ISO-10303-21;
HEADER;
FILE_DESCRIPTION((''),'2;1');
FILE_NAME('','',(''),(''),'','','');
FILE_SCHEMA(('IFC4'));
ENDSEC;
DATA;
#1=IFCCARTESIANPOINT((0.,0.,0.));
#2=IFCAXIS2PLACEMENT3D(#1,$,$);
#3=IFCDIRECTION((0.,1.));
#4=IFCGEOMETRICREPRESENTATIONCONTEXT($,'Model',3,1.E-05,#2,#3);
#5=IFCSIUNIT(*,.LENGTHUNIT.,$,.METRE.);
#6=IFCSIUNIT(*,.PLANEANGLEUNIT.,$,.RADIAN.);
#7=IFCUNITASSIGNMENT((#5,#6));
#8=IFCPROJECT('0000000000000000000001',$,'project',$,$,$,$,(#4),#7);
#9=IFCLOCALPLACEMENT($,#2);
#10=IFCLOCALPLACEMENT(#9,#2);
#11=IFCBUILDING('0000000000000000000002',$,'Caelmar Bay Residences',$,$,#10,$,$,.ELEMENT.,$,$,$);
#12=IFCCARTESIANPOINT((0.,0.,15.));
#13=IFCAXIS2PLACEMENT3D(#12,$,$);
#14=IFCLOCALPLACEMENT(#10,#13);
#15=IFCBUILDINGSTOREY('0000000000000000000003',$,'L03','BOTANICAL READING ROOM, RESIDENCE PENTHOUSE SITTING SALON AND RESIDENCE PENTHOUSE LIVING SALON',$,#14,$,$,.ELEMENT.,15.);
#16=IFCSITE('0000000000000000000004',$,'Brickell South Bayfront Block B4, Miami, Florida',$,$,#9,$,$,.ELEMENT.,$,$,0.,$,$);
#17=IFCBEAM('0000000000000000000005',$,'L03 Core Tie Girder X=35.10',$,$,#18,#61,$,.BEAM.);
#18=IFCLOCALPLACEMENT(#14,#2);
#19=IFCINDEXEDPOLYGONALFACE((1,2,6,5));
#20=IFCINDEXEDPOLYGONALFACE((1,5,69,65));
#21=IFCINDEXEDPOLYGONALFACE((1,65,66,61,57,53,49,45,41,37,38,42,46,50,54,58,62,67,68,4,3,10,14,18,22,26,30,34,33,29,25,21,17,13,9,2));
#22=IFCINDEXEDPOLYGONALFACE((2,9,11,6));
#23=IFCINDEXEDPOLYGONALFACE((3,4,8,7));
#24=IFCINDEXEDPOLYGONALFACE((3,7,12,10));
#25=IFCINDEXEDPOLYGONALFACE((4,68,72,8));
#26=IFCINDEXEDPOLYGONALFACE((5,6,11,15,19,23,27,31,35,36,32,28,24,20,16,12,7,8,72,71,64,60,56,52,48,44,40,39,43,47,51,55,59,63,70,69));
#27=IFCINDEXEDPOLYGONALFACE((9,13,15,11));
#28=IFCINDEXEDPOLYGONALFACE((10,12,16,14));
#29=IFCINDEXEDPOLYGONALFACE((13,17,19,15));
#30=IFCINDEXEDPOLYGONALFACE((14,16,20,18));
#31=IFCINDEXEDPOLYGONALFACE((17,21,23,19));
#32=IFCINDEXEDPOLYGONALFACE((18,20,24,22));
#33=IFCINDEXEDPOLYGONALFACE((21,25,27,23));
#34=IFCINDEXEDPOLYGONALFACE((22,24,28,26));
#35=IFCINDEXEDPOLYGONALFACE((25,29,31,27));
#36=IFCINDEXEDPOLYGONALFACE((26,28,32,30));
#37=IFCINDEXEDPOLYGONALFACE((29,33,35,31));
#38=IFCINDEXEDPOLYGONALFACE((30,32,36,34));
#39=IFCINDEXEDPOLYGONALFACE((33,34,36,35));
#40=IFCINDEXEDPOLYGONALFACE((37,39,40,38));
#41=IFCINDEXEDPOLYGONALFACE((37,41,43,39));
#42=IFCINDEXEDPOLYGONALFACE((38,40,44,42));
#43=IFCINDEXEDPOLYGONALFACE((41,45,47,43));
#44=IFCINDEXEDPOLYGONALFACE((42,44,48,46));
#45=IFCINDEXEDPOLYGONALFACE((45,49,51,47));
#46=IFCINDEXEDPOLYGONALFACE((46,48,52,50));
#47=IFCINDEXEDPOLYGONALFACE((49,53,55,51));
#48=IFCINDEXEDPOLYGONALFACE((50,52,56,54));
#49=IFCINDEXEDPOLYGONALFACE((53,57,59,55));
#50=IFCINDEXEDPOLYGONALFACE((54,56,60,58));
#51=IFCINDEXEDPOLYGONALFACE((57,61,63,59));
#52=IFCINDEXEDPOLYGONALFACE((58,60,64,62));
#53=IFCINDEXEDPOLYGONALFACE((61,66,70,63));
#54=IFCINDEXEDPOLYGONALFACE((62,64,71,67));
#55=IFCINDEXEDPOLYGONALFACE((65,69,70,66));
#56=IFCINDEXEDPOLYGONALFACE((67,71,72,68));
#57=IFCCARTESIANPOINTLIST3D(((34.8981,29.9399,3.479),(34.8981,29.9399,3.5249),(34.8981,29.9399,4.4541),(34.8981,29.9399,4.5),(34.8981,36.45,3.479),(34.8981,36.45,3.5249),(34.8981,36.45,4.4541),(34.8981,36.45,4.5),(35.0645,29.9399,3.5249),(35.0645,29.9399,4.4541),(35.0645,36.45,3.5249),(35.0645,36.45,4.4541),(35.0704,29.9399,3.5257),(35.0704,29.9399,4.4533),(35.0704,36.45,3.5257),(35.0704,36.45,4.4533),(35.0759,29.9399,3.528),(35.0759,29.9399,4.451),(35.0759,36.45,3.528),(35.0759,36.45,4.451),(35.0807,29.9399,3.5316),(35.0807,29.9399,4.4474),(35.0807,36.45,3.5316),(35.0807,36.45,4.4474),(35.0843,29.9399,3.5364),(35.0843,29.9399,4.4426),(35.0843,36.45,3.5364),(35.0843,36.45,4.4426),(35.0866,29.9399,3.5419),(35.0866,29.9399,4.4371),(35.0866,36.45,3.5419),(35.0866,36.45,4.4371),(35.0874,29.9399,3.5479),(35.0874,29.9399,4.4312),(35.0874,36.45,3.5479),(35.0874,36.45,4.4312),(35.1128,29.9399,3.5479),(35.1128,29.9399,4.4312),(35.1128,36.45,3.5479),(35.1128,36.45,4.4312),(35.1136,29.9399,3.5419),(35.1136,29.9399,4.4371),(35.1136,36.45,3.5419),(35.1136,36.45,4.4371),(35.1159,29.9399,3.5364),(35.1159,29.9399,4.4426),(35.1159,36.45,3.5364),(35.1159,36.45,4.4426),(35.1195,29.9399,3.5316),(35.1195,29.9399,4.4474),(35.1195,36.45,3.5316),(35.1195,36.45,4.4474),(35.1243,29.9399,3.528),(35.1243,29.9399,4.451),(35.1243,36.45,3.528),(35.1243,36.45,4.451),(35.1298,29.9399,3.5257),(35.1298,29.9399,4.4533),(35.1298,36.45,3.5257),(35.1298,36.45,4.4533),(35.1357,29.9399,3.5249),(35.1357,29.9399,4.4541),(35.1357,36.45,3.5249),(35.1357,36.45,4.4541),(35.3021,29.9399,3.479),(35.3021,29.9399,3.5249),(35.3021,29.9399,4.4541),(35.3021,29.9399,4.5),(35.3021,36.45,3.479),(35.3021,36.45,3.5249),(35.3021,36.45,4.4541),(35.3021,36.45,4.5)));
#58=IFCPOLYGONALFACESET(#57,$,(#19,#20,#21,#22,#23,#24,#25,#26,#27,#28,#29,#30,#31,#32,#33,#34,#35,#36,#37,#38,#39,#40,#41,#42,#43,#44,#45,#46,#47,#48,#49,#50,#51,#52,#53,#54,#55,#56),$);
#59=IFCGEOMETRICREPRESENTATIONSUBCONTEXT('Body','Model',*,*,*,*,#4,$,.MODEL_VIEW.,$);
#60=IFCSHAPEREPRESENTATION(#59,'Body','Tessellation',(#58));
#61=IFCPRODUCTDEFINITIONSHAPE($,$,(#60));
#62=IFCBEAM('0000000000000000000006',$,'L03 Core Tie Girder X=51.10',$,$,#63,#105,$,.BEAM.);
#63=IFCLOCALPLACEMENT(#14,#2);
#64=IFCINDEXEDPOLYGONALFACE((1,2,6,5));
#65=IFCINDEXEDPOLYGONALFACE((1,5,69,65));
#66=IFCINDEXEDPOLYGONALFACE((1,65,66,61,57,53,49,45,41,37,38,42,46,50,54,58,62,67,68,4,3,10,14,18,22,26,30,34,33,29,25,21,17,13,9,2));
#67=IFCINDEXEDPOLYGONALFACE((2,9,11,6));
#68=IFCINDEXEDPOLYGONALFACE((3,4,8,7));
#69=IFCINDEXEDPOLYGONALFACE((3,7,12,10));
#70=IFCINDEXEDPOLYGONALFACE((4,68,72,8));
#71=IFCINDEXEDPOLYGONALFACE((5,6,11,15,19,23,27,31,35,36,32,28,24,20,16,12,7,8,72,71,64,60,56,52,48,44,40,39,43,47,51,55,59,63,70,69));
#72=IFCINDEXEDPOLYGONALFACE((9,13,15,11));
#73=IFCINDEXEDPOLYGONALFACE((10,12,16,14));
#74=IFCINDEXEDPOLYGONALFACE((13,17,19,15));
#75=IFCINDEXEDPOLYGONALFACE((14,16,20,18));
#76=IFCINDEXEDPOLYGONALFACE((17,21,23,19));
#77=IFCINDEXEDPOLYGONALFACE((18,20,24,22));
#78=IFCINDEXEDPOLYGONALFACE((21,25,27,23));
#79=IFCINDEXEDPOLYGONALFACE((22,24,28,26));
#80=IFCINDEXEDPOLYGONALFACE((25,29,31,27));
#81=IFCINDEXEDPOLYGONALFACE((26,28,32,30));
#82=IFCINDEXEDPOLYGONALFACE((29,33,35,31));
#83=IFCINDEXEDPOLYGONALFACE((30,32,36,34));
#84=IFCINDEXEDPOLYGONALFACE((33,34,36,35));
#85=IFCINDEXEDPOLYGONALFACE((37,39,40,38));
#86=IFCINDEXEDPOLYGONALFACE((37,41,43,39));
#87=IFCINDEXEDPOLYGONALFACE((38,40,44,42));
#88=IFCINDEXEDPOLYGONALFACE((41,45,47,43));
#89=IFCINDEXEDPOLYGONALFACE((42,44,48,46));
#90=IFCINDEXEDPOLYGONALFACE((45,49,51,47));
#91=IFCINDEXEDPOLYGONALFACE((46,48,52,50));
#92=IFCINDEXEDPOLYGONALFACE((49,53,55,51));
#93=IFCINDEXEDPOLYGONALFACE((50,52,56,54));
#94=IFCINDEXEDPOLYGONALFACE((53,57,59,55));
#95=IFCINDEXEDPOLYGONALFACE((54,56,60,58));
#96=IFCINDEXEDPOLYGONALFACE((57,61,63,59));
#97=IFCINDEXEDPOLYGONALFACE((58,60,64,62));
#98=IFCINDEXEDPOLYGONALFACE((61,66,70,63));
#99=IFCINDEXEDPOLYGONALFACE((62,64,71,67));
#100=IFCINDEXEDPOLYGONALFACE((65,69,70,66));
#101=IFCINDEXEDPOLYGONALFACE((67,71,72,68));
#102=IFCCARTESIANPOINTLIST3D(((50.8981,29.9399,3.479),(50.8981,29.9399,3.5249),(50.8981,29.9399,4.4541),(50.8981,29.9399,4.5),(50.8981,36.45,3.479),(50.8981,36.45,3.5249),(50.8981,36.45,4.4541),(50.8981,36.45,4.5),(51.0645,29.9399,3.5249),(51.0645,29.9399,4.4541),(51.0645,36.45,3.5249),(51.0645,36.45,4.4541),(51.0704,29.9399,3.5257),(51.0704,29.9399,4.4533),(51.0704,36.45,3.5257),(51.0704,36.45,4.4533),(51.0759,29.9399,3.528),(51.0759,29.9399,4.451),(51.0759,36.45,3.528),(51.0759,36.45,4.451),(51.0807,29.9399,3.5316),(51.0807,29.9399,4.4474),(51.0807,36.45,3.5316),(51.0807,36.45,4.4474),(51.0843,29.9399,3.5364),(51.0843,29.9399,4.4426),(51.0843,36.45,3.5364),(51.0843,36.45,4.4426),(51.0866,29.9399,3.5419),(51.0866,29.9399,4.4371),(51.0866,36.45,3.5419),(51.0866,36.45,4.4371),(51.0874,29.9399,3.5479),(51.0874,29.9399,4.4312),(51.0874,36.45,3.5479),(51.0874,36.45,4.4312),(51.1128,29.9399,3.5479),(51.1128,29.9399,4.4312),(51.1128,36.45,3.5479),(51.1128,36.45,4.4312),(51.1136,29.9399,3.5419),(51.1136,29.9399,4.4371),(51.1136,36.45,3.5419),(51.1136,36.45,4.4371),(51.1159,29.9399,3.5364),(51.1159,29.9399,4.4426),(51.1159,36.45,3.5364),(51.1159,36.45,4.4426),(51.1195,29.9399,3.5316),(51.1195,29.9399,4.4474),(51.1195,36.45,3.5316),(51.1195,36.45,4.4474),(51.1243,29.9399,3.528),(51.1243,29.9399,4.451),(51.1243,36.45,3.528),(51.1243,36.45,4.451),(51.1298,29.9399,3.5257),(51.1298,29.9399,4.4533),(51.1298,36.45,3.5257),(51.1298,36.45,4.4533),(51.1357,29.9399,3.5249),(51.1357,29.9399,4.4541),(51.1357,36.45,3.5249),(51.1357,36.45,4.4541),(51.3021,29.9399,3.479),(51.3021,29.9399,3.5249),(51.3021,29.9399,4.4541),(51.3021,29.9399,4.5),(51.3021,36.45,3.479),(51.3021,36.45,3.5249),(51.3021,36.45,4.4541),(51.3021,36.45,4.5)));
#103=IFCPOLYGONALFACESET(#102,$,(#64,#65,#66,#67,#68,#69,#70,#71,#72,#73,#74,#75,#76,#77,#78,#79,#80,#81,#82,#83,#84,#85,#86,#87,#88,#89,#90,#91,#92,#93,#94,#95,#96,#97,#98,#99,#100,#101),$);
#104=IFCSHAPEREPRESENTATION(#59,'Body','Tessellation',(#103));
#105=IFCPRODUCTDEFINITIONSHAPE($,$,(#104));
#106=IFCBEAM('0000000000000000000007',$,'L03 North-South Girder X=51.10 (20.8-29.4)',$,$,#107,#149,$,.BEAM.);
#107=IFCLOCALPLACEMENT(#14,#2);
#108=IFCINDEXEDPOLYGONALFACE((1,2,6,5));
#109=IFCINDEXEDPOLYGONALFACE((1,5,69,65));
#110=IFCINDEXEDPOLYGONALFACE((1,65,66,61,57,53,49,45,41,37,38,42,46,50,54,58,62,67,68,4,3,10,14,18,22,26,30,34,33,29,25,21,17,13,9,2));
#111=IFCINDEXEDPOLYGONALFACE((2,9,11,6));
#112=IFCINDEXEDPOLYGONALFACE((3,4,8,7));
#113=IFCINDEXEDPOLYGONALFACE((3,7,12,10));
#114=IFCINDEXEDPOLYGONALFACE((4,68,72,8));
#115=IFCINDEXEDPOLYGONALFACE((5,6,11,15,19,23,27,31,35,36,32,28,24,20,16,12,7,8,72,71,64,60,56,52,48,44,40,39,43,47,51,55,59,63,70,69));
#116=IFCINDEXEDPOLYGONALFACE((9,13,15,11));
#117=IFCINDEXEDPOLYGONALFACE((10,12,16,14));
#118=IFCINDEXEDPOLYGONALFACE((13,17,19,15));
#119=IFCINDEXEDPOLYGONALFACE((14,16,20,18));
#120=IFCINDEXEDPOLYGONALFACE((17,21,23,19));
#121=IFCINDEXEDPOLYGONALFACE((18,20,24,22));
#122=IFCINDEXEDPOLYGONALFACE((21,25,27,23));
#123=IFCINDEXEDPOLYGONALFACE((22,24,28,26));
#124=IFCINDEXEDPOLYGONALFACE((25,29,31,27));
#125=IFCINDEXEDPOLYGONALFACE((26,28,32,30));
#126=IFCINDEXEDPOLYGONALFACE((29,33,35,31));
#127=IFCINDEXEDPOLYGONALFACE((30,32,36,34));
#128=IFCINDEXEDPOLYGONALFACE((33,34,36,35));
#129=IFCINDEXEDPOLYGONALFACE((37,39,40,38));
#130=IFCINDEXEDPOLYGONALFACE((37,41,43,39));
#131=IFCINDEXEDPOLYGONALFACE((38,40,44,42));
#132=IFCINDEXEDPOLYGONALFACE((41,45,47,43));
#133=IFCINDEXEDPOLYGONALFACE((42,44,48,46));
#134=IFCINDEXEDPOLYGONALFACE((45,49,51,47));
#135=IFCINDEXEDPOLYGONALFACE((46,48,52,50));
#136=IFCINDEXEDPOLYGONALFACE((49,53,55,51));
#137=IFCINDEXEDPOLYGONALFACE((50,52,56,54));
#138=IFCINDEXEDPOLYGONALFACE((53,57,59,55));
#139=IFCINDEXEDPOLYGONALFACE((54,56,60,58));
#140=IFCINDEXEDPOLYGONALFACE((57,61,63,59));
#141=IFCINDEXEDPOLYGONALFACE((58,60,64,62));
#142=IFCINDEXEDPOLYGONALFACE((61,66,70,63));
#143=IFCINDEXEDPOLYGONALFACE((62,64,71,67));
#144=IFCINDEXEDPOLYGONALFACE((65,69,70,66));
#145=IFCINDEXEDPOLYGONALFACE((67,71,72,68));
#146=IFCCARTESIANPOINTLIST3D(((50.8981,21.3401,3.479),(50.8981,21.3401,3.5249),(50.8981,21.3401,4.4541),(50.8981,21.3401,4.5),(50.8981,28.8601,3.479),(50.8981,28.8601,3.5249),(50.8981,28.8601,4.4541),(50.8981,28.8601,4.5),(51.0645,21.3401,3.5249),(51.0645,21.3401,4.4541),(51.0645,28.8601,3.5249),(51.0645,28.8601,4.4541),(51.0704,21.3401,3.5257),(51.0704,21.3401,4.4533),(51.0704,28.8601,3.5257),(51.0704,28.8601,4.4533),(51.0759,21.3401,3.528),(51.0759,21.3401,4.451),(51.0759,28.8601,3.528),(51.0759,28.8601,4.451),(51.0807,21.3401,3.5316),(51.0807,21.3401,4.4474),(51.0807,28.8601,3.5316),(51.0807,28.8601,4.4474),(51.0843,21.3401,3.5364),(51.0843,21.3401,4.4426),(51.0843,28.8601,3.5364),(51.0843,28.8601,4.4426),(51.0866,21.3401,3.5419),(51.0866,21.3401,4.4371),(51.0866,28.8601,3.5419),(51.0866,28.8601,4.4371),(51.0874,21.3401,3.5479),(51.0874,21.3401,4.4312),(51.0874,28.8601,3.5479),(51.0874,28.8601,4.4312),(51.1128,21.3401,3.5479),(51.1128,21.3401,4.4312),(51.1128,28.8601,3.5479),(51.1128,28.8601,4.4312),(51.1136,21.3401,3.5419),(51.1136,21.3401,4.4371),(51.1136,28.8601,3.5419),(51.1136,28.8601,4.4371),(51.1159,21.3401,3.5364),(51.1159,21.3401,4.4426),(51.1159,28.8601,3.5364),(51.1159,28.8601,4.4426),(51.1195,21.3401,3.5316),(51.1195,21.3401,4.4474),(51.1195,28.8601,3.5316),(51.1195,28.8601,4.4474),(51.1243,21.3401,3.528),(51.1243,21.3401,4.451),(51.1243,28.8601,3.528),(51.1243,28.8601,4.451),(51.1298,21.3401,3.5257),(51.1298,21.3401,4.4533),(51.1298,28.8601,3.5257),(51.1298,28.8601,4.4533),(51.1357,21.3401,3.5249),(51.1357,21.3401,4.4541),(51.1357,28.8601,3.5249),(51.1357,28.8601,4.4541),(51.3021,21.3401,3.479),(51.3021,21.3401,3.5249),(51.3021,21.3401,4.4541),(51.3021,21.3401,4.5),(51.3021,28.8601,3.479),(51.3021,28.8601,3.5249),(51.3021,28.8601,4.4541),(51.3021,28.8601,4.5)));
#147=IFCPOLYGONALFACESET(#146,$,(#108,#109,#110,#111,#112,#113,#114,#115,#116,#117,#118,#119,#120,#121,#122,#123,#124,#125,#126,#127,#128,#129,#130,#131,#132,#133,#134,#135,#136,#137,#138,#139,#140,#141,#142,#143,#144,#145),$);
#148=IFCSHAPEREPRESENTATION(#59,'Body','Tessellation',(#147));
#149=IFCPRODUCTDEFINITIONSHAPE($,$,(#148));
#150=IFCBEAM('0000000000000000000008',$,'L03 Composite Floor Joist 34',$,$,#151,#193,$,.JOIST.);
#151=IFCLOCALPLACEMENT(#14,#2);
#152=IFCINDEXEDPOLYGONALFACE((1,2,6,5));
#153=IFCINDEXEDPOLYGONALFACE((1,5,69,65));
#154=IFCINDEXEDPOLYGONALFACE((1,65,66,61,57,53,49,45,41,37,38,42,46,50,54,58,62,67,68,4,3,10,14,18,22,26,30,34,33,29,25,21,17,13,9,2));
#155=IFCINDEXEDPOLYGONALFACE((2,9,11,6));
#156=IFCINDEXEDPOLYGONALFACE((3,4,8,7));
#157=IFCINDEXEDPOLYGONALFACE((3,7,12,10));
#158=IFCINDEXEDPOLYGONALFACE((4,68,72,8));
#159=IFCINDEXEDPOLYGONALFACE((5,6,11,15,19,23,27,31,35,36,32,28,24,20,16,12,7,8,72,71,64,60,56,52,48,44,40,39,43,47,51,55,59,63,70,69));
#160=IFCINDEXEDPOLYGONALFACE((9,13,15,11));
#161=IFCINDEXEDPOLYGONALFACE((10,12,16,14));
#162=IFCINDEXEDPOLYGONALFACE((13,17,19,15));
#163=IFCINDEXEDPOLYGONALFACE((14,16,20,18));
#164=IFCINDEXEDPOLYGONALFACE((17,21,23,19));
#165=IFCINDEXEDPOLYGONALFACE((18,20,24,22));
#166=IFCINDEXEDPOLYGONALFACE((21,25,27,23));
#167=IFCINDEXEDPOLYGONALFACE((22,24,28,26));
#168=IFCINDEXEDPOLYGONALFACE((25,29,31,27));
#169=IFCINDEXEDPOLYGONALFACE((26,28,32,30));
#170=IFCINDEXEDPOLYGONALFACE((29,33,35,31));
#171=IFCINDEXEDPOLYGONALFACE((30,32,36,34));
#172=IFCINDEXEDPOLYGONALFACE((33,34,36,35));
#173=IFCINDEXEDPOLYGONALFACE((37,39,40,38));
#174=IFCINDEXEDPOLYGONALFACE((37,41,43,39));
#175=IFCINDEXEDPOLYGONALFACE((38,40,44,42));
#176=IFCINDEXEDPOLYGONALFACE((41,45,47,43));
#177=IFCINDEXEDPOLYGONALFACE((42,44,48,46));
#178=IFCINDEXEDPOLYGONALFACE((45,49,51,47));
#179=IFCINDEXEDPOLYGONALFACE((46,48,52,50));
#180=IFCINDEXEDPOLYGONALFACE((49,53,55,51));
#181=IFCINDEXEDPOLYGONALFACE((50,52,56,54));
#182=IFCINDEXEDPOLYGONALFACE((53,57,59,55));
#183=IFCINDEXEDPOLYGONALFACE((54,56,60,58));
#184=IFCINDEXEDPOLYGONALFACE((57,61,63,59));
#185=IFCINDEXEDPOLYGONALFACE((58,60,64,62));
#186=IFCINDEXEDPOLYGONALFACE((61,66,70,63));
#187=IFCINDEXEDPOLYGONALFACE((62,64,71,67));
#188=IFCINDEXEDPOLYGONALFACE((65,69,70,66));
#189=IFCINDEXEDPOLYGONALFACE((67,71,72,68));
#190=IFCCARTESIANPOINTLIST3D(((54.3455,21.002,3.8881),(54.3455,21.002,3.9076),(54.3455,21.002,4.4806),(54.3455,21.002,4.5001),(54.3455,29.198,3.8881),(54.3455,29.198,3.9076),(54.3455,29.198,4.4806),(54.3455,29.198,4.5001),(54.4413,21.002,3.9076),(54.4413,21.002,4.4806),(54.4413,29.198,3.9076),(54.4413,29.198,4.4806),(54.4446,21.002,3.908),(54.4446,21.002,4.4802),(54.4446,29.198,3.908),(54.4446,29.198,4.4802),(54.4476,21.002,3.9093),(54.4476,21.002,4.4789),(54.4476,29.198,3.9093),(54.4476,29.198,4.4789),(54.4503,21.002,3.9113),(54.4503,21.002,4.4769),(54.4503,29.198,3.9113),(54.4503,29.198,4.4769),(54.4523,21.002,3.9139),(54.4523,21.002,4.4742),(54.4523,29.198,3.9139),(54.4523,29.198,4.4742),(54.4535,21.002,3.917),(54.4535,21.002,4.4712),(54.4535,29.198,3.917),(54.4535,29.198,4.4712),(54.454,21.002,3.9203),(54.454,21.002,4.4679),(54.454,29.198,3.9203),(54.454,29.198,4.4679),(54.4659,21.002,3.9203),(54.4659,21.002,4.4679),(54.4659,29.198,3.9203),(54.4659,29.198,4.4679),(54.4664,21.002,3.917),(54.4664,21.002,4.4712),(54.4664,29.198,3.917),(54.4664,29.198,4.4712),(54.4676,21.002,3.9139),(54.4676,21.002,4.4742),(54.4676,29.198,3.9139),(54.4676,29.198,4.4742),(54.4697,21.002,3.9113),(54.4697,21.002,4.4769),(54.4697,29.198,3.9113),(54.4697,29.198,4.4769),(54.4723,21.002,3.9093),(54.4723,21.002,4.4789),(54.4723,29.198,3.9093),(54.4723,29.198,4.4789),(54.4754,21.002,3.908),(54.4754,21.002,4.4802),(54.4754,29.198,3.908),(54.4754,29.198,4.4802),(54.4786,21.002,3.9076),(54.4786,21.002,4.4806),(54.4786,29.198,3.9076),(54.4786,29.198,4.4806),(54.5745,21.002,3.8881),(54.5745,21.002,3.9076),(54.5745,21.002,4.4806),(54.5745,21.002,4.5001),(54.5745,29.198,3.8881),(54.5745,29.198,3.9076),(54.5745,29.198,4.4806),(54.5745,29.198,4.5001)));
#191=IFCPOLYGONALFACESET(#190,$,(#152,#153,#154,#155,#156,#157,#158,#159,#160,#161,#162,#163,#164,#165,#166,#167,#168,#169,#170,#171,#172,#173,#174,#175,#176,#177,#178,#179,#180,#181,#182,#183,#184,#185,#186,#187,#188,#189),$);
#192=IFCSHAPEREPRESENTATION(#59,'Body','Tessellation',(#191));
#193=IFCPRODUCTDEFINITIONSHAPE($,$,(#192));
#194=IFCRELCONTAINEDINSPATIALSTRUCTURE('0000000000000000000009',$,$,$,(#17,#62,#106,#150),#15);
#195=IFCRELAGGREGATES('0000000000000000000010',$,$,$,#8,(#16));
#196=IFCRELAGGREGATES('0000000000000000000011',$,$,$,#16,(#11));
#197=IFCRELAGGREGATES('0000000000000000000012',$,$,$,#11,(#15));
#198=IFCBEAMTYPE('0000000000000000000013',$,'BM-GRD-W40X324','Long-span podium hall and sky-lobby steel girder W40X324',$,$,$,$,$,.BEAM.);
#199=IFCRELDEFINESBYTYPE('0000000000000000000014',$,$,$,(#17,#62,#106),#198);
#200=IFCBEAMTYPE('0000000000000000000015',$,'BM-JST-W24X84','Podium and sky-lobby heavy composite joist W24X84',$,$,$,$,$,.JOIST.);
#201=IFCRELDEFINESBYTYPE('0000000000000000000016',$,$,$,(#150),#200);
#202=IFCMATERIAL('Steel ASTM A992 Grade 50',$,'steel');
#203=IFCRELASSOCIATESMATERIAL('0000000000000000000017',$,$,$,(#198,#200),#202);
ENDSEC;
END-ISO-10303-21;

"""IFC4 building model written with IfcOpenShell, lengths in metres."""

from ifc_helpers import new_model, si_unit, direction, frame, origin, origin_2d, place, context, subcontext, project, spatial, i_section, extrude, material, material_profile, profile_set, type_object, element, save


model = new_model("IFC4")

# Units and contexts
model_context = context("Model", 3, precision=1e-05, world=origin(), true_north=direction((0.0, 1.0)))
body_context = subcontext(model_context, "Body", "Model", "MODEL_VIEW")
ifc_project = project(units=[si_unit("LENGTHUNIT", "METRE"), si_unit("PLANEANGLEUNIT", "RADIAN")], contexts=[model_context])

# Site, building, storey
site_placement = place(None, origin())
site = spatial("IfcSite", under=ifc_project, at=site_placement, Name="Brickell South Bayfront Block B4, Miami, Florida", CompositionType="ELEMENT", RefElevation=0.0)
building_placement = place(site_placement, origin())
building = spatial("IfcBuilding", under=site, at=building_placement, Name="Caelmar Bay Residences", CompositionType="ELEMENT")
storey_placement = place(building_placement, frame((0.0, 0.0, 15.0)))
storey = spatial("IfcBuildingStorey", under=building, at=storey_placement, Name="L03", Description="BOTANICAL READING ROOM, RESIDENCE PENTHOUSE SITTING SALON AND RESIDENCE PENTHOUSE LIVING SALON", CompositionType="ELEMENT", Elevation=15.0)

# Beams
ifc_material_1 = material(Name="Steel ASTM A992 Grade 50", Category="steel")
ifc_material_profile_1 = material_profile(ifc_material_1, i_section(OverallWidth=0.4041, OverallDepth=1.021, WebThickness=0.0254, FlangeThickness=0.0459, FilletRadius=0.0229, at=origin_2d()), Name="W40X324")
ifc_profile_set_1 = profile_set([ifc_material_profile_1], Name="Steel ASTM A992 Grade 50")
beam_type_1 = type_object("IfcBeamType", Name="BM-GRD-W40X324", Description="Long-span podium hall and sky-lobby steel girder W40X324", PredefinedType="BEAM", material=ifc_profile_set_1)
for number, where, z_axis, x_axis, name in (
    (1, (35.1001, 29.9399, 3.9895), (0.0, 1.0, 0.0), (-1.0, 0.0, 0.0), "L03 Core Tie Girder X=35.10"),
    (2, (51.1001, 29.9399, 3.9895), (0.0, 1.0, 0.0), (-1.0, 0.0, 0.0), "L03 Core Tie Girder X=51.10"),
):
    element("IfcBeam", number, at=place(storey_placement, frame(where, z_axis=z_axis, x_axis=x_axis)), inside=storey, type_object=beam_type_1, Name=name, PredefinedType="BEAM", context=body_context, shape_type="SweptSolid", body=[
        extrude(i_section(OverallWidth=0.4041, OverallDepth=1.021, WebThickness=0.0254, FlangeThickness=0.0459, FilletRadius=0.0229, at=origin_2d()), origin(), (0.0, 0.0, 1.0), 6.51),
    ])
beam_1_placement = place(storey_placement, frame((51.1001, 21.3401, 3.9895), z_axis=(0.0, 1.0, 0.0), x_axis=(-1.0, 0.0, 0.0)))
element("IfcBeam", 3, at=beam_1_placement, inside=storey, type_object=beam_type_1, Name="L03 North-South Girder X=51.10 (20.8-29.4)", PredefinedType="BEAM", context=body_context, shape_type="SweptSolid", body=[
    extrude(i_section(OverallWidth=0.4041, OverallDepth=1.021, WebThickness=0.0254, FlangeThickness=0.0459, FilletRadius=0.0229, at=origin_2d()), origin(), (0.0, 0.0, 1.0), 7.52),
])
ifc_material_profile_2 = material_profile(ifc_material_1, i_section(OverallWidth=0.229, OverallDepth=0.6121, WebThickness=0.012, FlangeThickness=0.0195, FilletRadius=0.0127, at=origin_2d()), Name="W24X84")
ifc_profile_set_2 = profile_set([ifc_material_profile_2], Name="Steel ASTM A992 Grade 50")
beam_type_2 = type_object("IfcBeamType", Name="BM-JST-W24X84", Description="Podium and sky-lobby heavy composite joist W24X84", PredefinedType="JOIST", material=ifc_profile_set_2)
beam_2_placement = place(storey_placement, frame((54.46, 21.002, 4.1941), z_axis=(0.0, 1.0, 0.0), x_axis=(-1.0, 0.0, 0.0)))
element("IfcBeam", 4, at=beam_2_placement, inside=storey, type_object=beam_type_2, Name="L03 Composite Floor Joist 34", PredefinedType="JOIST", context=body_context, shape_type="SweptSolid", body=[
    extrude(i_section(OverallWidth=0.229, OverallDepth=0.6121, WebThickness=0.012, FlangeThickness=0.0195, FilletRadius=0.0127, at=origin_2d()), origin(), (0.0, 0.0, 1.0), 8.196),
])

save(model, "model.ifc")
